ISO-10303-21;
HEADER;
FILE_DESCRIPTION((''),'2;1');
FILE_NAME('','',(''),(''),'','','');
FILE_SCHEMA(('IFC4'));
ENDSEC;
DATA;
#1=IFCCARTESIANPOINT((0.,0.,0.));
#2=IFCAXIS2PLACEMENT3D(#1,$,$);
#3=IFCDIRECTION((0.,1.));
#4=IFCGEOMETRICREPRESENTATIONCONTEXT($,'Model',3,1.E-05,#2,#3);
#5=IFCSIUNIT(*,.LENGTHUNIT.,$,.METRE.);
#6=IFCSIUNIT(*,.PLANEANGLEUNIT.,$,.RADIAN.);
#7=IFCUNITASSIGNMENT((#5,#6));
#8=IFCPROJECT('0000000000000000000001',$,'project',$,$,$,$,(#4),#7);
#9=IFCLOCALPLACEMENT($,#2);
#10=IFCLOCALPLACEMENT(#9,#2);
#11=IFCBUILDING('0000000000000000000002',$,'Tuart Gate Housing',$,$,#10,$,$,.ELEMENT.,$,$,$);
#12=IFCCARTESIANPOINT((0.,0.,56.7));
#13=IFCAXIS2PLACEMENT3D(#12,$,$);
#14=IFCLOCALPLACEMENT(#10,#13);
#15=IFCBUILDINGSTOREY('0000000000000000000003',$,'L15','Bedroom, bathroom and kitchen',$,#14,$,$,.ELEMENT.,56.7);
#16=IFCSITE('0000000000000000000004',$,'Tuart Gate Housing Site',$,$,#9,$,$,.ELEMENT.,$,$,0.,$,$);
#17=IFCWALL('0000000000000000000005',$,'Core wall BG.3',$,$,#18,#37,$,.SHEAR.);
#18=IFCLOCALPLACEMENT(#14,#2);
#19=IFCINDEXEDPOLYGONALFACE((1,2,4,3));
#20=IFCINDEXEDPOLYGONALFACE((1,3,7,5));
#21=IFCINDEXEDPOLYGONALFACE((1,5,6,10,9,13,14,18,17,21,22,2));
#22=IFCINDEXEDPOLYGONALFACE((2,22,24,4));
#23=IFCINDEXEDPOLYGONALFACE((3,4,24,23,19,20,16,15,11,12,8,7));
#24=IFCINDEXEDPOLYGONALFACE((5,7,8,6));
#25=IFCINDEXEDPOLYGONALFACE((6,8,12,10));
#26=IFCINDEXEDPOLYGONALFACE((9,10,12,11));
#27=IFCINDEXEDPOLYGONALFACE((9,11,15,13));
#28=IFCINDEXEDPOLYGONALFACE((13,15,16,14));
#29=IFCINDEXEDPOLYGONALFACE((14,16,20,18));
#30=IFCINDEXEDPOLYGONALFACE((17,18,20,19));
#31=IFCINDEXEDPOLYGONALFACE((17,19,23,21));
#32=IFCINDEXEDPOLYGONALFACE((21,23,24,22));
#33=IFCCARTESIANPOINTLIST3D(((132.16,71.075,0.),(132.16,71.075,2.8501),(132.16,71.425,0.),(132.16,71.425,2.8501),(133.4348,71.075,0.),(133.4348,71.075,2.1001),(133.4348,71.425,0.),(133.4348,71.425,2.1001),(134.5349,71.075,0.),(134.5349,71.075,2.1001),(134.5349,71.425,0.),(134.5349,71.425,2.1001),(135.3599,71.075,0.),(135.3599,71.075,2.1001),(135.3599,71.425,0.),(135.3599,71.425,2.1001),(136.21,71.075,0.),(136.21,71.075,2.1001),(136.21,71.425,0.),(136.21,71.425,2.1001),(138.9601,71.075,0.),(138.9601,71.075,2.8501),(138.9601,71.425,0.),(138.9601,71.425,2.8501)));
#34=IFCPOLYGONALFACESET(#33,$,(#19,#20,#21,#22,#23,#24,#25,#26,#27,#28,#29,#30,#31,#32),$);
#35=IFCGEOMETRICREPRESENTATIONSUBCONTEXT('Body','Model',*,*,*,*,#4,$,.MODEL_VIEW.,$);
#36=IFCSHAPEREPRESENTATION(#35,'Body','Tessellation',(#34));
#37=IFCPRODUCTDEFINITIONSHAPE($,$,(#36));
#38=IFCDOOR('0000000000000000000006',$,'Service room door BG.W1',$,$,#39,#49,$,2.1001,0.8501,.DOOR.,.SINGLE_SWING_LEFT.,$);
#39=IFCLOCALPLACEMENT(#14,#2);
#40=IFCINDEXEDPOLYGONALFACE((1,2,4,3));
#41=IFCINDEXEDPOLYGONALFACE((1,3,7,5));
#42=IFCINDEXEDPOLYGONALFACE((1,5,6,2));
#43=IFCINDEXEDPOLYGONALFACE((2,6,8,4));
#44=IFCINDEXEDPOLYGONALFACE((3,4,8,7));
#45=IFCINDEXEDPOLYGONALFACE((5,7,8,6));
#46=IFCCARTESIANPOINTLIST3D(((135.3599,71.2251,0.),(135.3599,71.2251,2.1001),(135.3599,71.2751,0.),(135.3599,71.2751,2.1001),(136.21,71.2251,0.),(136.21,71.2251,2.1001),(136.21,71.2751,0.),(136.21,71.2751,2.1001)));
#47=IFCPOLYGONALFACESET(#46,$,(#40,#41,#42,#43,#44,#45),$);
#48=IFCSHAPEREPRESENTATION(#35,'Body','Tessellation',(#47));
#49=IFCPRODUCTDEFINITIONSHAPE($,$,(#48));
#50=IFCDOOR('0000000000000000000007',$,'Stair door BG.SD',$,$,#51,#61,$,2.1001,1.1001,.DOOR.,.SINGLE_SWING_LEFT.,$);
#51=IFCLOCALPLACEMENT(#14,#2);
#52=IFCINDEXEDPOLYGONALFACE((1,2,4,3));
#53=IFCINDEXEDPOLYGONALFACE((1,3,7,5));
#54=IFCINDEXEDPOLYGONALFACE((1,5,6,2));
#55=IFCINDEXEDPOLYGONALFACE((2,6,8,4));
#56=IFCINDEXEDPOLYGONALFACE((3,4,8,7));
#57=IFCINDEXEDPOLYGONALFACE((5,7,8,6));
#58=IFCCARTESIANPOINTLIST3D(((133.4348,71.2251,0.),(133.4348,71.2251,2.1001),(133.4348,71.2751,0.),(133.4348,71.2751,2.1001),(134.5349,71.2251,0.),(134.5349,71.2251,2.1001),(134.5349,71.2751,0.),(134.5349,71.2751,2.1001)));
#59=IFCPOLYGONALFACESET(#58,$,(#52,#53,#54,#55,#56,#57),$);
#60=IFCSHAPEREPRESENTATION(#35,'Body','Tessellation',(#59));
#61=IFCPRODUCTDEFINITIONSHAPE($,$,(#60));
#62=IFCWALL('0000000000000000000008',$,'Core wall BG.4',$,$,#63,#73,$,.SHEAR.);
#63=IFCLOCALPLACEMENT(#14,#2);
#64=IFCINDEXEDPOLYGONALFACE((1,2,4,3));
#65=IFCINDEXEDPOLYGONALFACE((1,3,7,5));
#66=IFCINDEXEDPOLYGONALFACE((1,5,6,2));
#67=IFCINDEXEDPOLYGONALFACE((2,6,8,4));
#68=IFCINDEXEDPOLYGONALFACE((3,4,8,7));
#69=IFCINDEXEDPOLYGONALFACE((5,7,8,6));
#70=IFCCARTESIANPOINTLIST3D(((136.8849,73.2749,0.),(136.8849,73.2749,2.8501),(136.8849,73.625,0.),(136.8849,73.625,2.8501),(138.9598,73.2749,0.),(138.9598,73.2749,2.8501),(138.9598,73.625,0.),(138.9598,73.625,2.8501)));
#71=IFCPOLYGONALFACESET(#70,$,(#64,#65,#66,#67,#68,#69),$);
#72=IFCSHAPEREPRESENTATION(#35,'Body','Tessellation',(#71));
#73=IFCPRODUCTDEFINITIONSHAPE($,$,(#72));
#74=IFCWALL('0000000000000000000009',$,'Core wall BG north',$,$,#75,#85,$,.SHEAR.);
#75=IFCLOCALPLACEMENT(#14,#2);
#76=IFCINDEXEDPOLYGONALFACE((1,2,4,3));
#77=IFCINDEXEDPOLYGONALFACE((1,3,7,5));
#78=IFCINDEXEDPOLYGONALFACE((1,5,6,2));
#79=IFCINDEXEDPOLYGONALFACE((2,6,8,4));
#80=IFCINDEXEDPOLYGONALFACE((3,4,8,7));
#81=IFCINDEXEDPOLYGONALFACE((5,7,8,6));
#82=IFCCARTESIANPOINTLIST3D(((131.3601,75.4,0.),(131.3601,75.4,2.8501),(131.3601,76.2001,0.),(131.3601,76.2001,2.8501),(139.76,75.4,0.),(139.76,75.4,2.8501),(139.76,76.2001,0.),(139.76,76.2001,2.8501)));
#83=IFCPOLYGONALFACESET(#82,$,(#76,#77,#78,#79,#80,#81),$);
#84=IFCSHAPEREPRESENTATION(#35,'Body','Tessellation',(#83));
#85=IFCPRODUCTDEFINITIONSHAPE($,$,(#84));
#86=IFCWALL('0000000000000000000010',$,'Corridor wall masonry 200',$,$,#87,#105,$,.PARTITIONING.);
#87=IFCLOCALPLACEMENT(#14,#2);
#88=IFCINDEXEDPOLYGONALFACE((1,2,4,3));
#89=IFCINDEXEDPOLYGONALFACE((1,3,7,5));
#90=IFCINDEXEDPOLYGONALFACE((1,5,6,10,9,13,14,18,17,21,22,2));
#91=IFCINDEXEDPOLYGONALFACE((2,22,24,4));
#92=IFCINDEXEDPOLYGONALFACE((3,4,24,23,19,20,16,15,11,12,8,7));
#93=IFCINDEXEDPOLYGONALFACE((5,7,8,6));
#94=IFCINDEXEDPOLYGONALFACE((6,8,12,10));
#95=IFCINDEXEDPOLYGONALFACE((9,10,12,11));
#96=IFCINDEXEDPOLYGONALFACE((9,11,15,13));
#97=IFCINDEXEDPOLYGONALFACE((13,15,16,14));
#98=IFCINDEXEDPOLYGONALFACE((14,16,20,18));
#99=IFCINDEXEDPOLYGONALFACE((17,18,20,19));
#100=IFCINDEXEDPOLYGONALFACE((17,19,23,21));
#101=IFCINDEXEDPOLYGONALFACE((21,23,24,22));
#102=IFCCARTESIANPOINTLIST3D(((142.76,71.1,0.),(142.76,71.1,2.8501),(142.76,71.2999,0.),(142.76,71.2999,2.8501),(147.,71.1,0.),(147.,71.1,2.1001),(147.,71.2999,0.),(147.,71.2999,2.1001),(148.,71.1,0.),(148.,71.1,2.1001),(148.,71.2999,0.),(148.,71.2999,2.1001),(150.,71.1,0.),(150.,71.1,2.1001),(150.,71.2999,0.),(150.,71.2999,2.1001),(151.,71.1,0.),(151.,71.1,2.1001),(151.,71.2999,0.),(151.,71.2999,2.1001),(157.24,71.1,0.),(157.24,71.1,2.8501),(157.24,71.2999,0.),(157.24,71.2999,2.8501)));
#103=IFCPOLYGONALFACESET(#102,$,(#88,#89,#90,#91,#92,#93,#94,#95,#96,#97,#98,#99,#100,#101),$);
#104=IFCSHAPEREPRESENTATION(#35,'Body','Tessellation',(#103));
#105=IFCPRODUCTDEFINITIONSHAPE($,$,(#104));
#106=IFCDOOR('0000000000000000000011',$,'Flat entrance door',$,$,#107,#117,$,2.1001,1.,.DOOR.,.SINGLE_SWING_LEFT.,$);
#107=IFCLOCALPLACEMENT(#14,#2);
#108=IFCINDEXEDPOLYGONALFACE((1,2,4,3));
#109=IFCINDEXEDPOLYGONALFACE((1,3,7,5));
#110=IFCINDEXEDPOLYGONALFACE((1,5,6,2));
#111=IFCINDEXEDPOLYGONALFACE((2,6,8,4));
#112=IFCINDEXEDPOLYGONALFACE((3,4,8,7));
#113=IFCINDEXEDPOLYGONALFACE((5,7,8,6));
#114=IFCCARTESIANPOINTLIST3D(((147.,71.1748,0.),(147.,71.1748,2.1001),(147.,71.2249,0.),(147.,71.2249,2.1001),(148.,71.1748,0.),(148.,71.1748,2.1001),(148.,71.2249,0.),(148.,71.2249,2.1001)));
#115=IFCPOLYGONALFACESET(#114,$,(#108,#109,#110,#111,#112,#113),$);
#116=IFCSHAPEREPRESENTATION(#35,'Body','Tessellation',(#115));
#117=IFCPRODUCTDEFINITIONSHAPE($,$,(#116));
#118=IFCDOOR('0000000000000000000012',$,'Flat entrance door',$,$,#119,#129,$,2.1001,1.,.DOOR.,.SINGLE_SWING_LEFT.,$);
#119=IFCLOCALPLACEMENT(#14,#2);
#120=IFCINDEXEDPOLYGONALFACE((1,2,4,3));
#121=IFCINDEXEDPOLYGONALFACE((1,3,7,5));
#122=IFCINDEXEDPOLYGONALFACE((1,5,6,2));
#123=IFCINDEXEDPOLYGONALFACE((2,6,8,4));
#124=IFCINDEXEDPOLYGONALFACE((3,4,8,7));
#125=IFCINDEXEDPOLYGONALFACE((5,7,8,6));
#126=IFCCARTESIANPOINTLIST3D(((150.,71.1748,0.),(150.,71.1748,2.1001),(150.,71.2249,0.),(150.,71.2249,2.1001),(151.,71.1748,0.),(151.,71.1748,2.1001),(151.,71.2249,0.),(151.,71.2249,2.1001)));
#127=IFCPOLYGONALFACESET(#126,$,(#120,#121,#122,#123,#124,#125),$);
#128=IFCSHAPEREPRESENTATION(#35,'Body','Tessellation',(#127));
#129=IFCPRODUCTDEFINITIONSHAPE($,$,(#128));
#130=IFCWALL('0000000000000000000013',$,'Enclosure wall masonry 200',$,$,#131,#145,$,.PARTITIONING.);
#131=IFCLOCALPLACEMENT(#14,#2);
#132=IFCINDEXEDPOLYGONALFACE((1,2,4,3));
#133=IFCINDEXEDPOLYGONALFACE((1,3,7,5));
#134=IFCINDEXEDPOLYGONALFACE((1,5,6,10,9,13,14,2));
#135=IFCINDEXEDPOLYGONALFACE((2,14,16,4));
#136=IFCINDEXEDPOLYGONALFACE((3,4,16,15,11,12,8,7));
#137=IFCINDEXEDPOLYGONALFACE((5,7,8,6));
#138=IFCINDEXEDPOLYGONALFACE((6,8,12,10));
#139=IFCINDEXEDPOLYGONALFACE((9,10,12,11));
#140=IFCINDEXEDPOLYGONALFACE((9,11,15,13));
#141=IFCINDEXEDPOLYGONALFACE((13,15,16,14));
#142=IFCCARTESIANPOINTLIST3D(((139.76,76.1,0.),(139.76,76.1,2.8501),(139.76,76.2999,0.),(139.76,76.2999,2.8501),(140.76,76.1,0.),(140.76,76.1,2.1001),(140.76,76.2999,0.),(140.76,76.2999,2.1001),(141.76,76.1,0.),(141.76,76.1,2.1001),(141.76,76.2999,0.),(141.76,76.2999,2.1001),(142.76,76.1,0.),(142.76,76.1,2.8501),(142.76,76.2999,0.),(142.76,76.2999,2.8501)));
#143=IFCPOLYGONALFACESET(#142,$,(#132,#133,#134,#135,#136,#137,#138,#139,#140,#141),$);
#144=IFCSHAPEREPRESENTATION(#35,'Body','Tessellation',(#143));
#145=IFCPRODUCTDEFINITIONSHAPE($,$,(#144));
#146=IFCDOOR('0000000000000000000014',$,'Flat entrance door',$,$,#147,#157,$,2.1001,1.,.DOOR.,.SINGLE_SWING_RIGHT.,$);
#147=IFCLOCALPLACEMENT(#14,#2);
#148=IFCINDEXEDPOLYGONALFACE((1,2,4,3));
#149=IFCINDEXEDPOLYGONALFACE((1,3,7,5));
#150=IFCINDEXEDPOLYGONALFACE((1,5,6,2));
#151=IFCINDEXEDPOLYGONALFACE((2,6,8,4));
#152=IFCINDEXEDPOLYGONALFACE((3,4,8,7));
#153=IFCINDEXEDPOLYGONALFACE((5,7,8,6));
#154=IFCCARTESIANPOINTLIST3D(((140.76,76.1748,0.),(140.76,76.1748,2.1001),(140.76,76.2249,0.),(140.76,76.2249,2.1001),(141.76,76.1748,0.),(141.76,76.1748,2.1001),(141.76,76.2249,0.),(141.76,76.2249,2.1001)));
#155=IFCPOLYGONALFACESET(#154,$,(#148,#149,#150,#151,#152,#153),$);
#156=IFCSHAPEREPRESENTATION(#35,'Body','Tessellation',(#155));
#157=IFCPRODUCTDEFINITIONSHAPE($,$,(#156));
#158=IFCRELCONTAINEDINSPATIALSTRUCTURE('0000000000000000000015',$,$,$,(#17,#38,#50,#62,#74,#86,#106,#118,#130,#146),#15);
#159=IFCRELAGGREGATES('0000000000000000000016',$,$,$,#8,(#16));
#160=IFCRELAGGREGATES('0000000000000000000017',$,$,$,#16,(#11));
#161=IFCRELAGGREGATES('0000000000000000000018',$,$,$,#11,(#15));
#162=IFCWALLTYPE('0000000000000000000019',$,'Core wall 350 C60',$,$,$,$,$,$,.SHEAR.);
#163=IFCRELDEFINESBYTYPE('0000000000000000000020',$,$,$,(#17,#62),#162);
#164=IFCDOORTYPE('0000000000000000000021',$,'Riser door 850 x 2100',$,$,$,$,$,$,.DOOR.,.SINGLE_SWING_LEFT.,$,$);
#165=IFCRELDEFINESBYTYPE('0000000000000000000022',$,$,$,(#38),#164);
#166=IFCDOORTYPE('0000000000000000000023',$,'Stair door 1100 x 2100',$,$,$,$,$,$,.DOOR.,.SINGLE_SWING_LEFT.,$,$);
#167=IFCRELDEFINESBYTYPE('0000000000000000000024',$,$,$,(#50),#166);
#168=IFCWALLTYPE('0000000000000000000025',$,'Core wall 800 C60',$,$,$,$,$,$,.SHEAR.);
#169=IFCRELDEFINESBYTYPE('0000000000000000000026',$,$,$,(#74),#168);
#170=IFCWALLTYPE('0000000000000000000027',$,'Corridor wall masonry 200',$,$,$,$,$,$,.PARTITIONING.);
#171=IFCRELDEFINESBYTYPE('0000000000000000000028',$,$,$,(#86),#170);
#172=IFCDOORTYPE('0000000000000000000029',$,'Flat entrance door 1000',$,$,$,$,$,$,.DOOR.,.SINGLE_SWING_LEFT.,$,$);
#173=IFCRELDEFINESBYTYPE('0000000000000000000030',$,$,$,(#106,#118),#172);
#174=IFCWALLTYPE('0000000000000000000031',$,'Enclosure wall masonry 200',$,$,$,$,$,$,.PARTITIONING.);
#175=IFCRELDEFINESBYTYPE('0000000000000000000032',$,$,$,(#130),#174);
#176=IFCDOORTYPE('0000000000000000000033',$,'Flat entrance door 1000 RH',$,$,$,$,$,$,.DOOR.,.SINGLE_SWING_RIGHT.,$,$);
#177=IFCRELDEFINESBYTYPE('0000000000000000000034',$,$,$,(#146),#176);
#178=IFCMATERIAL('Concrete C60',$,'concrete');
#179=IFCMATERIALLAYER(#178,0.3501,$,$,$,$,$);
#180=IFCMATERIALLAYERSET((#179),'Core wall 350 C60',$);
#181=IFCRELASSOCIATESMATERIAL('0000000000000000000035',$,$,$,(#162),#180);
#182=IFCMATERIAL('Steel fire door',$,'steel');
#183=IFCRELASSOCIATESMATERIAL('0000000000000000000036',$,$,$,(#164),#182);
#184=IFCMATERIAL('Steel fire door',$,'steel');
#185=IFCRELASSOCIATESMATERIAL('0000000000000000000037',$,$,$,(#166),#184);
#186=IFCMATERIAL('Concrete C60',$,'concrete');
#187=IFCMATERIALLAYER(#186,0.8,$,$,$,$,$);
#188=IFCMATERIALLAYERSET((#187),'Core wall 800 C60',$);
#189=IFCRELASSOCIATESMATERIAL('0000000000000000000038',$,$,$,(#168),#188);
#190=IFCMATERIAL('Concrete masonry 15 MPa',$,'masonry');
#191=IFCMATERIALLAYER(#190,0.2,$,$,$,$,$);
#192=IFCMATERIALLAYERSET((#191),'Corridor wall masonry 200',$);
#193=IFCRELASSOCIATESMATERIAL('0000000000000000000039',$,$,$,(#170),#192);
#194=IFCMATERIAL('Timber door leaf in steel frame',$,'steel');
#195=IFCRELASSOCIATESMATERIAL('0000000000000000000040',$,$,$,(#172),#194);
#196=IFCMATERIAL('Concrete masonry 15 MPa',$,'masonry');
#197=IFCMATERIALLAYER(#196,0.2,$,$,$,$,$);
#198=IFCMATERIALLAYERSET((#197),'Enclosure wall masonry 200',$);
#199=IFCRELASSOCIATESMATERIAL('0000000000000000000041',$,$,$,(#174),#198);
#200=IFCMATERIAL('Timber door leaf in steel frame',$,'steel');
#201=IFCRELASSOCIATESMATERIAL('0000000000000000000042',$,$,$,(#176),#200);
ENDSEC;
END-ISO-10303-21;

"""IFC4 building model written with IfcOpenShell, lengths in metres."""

from ifc_helpers import new_model, si_unit, direction, frame, frame_2d, origin, place, context, subcontext, project, spatial, rectangle, extrude, material, layer, layer_set, type_object, element, fill, save


model = new_model("IFC4")

# Units and contexts
model_context = context("Model", 3, precision=1e-05, world=origin(), true_north=direction((0.0, 1.0)))
body_context = subcontext(model_context, "Body", "Model", "MODEL_VIEW")
ifc_project = project(units=[si_unit("LENGTHUNIT", "METRE"), si_unit("PLANEANGLEUNIT", "RADIAN")], contexts=[model_context])

# Site, building, storey
site_placement = place(None, origin())
site = spatial("IfcSite", under=ifc_project, at=site_placement, Name="Tuart Gate Housing Site", CompositionType="ELEMENT", RefElevation=0.0)
building_placement = place(site_placement, origin())
building = spatial("IfcBuilding", under=site, at=building_placement, Name="Tuart Gate Housing", CompositionType="ELEMENT")
storey_placement = place(building_placement, frame((0.0, 0.0, 56.7)))
storey = spatial("IfcBuildingStorey", under=building, at=storey_placement, Name="L15", Description="Bedroom, bathroom and kitchen", CompositionType="ELEMENT", Elevation=56.7)

# Wall, openings, doors
ifc_material_1 = material(Name="Concrete C60", Category="concrete")
ifc_layer_1 = layer(ifc_material_1, 0.3501)
ifc_layer_set_1 = layer_set([ifc_layer_1], Name="Core wall 350 C60")
wall_type_1 = type_object("IfcWallType", Name="Core wall 350 C60", PredefinedType="SHEAR", material=ifc_layer_set_1)
wall_1_placement = place(storey_placement, frame((138.96, 71.25, 0.0), z_axis=(0.0, 0.0, 1.0), x_axis=(-1.0, 0.0, 0.0)))
wall_1 = element("IfcWall", 1, at=wall_1_placement, inside=storey, type_object=wall_type_1, Name="Core wall BG.3", PredefinedType="SHEAR", context=body_context, shape_type="SweptSolid", body=[
    extrude(rectangle(XDim=6.8, YDim=0.3501, at=frame_2d((3.3999, 0.0))), origin(), (0.0, 0.0, 1.0), 2.8501),
])
opening_1_placement = place(wall_1_placement, frame((4.425, 0.0, 0.0)))
opening_1 = element("IfcOpeningElement", 2, at=opening_1_placement, cuts=wall_1, PredefinedType="OPENING", context=body_context, shape_type="SweptSolid", body=[
    extrude(rectangle(XDim=1.1001, YDim=2.1001, at=frame_2d((0.55, 1.05))), frame((0.0, 0.1851, 0.0), z_axis=(0.0, -1.0, 0.0), x_axis=(1.0, 0.0, 0.0)), (0.0, 0.0, 1.0), 0.3701),
])
opening_2_placement = place(wall_1_placement, frame((2.75, 0.0, 0.0)))
opening_2 = element("IfcOpeningElement", 3, at=opening_2_placement, cuts=wall_1, PredefinedType="OPENING", context=body_context, shape_type="SweptSolid", body=[
    extrude(rectangle(XDim=0.8501, YDim=2.1001, at=frame_2d((0.425, 1.05))), frame((0.0, 0.1851, 0.0), z_axis=(0.0, -1.0, 0.0), x_axis=(1.0, 0.0, 0.0)), (0.0, 0.0, 1.0), 0.3701),
])
ifc_material_2 = material(Name="Steel fire door", Category="steel")
door_type_1 = type_object("IfcDoorType", Name="Riser door 850 x 2100", OperationType="SINGLE_SWING_LEFT", PredefinedType="DOOR", material=ifc_material_2)
door_1_placement = place(opening_2_placement, origin())
door_1 = element("IfcDoor", 4, at=door_1_placement, inside=storey, type_object=door_type_1, Name="Service room door BG.W1", OperationType="SINGLE_SWING_LEFT", OverallHeight=2.1001, OverallWidth=0.8501, PredefinedType="DOOR", context=body_context, shape_type="SweptSolid", body=[
    extrude(rectangle(XDim=0.8501, YDim=2.1001, at=frame_2d((0.425, 1.05))), frame((0.0, 0.0249, 0.0), z_axis=(0.0, -1.0, 0.0), x_axis=(1.0, 0.0, 0.0)), (0.0, 0.0, 1.0), 0.05),
])
fill(opening_2, door_1)
ifc_material_3 = material(Name="Steel fire door", Category="steel")
door_type_2 = type_object("IfcDoorType", Name="Stair door 1100 x 2100", OperationType="SINGLE_SWING_LEFT", PredefinedType="DOOR", material=ifc_material_3)
door_2_placement = place(opening_1_placement, origin())
door_2 = element("IfcDoor", 5, at=door_2_placement, inside=storey, type_object=door_type_2, Name="Stair door BG.SD", OperationType="SINGLE_SWING_LEFT", OverallHeight=2.1001, OverallWidth=1.1001, PredefinedType="DOOR", context=body_context, shape_type="SweptSolid", body=[
    extrude(rectangle(XDim=1.1001, YDim=2.1001, at=frame_2d((0.55, 1.05))), frame((0.0, 0.0249, 0.0), z_axis=(0.0, -1.0, 0.0), x_axis=(1.0, 0.0, 0.0)), (0.0, 0.0, 1.0), 0.05),
])
fill(opening_1, door_2)

# Walls
wall_2_placement = place(storey_placement, frame((138.96, 73.45, 0.0), z_axis=(0.0, 0.0, 1.0), x_axis=(-1.0, 0.0, 0.0)))
element("IfcWall", 6, at=wall_2_placement, inside=storey, type_object=wall_type_1, Name="Core wall BG.4", PredefinedType="SHEAR", context=body_context, shape_type="SweptSolid", body=[
    extrude(rectangle(XDim=2.075, YDim=0.3501, at=frame_2d((1.0376, 0.0))), origin(), (0.0, 0.0, 1.0), 2.8501),
])
ifc_material_4 = material(Name="Concrete C60", Category="concrete")
ifc_layer_2 = layer(ifc_material_4, 0.8)
ifc_layer_set_2 = layer_set([ifc_layer_2], Name="Core wall 800 C60")
wall_type_2 = type_object("IfcWallType", Name="Core wall 800 C60", PredefinedType="SHEAR", material=ifc_layer_set_2)
wall_3_placement = place(storey_placement, frame((139.76, 75.8, 0.0), z_axis=(0.0, 0.0, 1.0), x_axis=(-1.0, 0.0, 0.0)))
element("IfcWall", 7, at=wall_3_placement, inside=storey, type_object=wall_type_2, Name="Core wall BG north", PredefinedType="SHEAR", context=body_context, shape_type="SweptSolid", body=[
    extrude(rectangle(XDim=8.3999, YDim=0.8, at=frame_2d((4.2, 0.0))), origin(), (0.0, 0.0, 1.0), 2.8501),
])

# Wall, openings, doors
ifc_material_5 = material(Name="Concrete masonry 15 MPa", Category="masonry")
ifc_layer_3 = layer(ifc_material_5, 0.2)
ifc_layer_set_3 = layer_set([ifc_layer_3], Name="Corridor wall masonry 200")
wall_type_3 = type_object("IfcWallType", Name="Corridor wall masonry 200", PredefinedType="PARTITIONING", material=ifc_layer_set_3)
wall_4_placement = place(storey_placement, frame((142.76, 71.2, 0.0), z_axis=(0.0, 0.0, 1.0), x_axis=(1.0, 0.0, 0.0)))
wall_4 = element("IfcWall", 8, at=wall_4_placement, inside=storey, type_object=wall_type_3, Name="Corridor wall masonry 200", PredefinedType="PARTITIONING", context=body_context, shape_type="SweptSolid", body=[
    extrude(rectangle(XDim=14.48, YDim=0.2, at=frame_2d((7.24, 0.0))), origin(), (0.0, 0.0, 1.0), 2.8501),
])
opening_3_placement = place(wall_4_placement, frame((4.24, 0.0, 0.0)))
opening_3 = element("IfcOpeningElement", 9, at=opening_3_placement, cuts=wall_4, PredefinedType="OPENING", context=body_context, shape_type="SweptSolid", body=[
    extrude(rectangle(XDim=1.0, YDim=2.1001, at=frame_2d((0.5, 1.05))), frame((0.0, 0.1099, 0.0), z_axis=(0.0, -1.0, 0.0), x_axis=(1.0, 0.0, 0.0)), (0.0, 0.0, 1.0), 0.22),
])
opening_4_placement = place(wall_4_placement, frame((7.24, 0.0, 0.0)))
opening_4 = element("IfcOpeningElement", 10, at=opening_4_placement, cuts=wall_4, PredefinedType="OPENING", context=body_context, shape_type="SweptSolid", body=[
    extrude(rectangle(XDim=1.0, YDim=2.1001, at=frame_2d((0.5, 1.05))), frame((0.0, 0.1099, 0.0), z_axis=(0.0, -1.0, 0.0), x_axis=(1.0, 0.0, 0.0)), (0.0, 0.0, 1.0), 0.22),
])
ifc_material_6 = material(Name="Timber door leaf in steel frame", Category="steel")
door_type_3 = type_object("IfcDoorType", Name="Flat entrance door 1000", OperationType="SINGLE_SWING_LEFT", PredefinedType="DOOR", material=ifc_material_6)
door_3_placement = place(opening_3_placement, origin())
door_3 = element("IfcDoor", 11, at=door_3_placement, inside=storey, type_object=door_type_3, Name="Flat entrance door", OperationType="SINGLE_SWING_LEFT", OverallHeight=2.1001, OverallWidth=1.0, PredefinedType="DOOR", context=body_context, shape_type="SweptSolid", body=[
    extrude(rectangle(XDim=1.0, YDim=2.1001, at=frame_2d((0.5, 1.05))), frame((0.0, 0.0249, 0.0), z_axis=(0.0, -1.0, 0.0), x_axis=(1.0, 0.0, 0.0)), (0.0, 0.0, 1.0), 0.05),
])
fill(opening_3, door_3)
door_4_placement = place(opening_4_placement, origin())
door_4 = element("IfcDoor", 12, at=door_4_placement, inside=storey, type_object=door_type_3, Name="Flat entrance door", OperationType="SINGLE_SWING_LEFT", OverallHeight=2.1001, OverallWidth=1.0, PredefinedType="DOOR", context=body_context, shape_type="SweptSolid", body=[
    extrude(rectangle(XDim=1.0, YDim=2.1001, at=frame_2d((0.5, 1.05))), frame((0.0, 0.0249, 0.0), z_axis=(0.0, -1.0, 0.0), x_axis=(1.0, 0.0, 0.0)), (0.0, 0.0, 1.0), 0.05),
])
fill(opening_4, door_4)

# Wall, opening, door
ifc_material_7 = material(Name="Concrete masonry 15 MPa", Category="masonry")
ifc_layer_4 = layer(ifc_material_7, 0.2)
ifc_layer_set_4 = layer_set([ifc_layer_4], Name="Enclosure wall masonry 200")
wall_type_4 = type_object("IfcWallType", Name="Enclosure wall masonry 200", PredefinedType="PARTITIONING", material=ifc_layer_set_4)
wall_5_placement = place(storey_placement, frame((139.76, 76.2, 0.0), z_axis=(0.0, 0.0, 1.0), x_axis=(1.0, 0.0, 0.0)))
wall_5 = element("IfcWall", 13, at=wall_5_placement, inside=storey, type_object=wall_type_4, Name="Enclosure wall masonry 200", PredefinedType="PARTITIONING", context=body_context, shape_type="SweptSolid", body=[
    extrude(rectangle(XDim=3.0, YDim=0.2, at=frame_2d((1.5, 0.0))), origin(), (0.0, 0.0, 1.0), 2.8501),
])
opening_5_placement = place(wall_5_placement, frame((1.0, 0.0, 0.0)))
opening_5 = element("IfcOpeningElement", 14, at=opening_5_placement, cuts=wall_5, PredefinedType="OPENING", context=body_context, shape_type="SweptSolid", body=[
    extrude(rectangle(XDim=1.0, YDim=2.1001, at=frame_2d((0.5, 1.05))), frame((0.0, 0.1099, 0.0), z_axis=(0.0, -1.0, 0.0), x_axis=(1.0, 0.0, 0.0)), (0.0, 0.0, 1.0), 0.22),
])
ifc_material_8 = material(Name="Timber door leaf in steel frame", Category="steel")
door_type_4 = type_object("IfcDoorType", Name="Flat entrance door 1000 RH", OperationType="SINGLE_SWING_RIGHT", PredefinedType="DOOR", material=ifc_material_8)
door_5_placement = place(opening_5_placement, origin())
door_5 = element("IfcDoor", 15, at=door_5_placement, inside=storey, type_object=door_type_4, Name="Flat entrance door", OperationType="SINGLE_SWING_RIGHT", OverallHeight=2.1001, OverallWidth=1.0, PredefinedType="DOOR", context=body_context, shape_type="SweptSolid", body=[
    extrude(rectangle(XDim=1.0, YDim=2.1001, at=frame_2d((0.5, 1.05))), frame((0.0, 0.0249, 0.0), z_axis=(0.0, -1.0, 0.0), x_axis=(1.0, 0.0, 0.0)), (0.0, 0.0, 1.0), 0.05),
])
fill(opening_5, door_5)

save(model, "model.ifc")
